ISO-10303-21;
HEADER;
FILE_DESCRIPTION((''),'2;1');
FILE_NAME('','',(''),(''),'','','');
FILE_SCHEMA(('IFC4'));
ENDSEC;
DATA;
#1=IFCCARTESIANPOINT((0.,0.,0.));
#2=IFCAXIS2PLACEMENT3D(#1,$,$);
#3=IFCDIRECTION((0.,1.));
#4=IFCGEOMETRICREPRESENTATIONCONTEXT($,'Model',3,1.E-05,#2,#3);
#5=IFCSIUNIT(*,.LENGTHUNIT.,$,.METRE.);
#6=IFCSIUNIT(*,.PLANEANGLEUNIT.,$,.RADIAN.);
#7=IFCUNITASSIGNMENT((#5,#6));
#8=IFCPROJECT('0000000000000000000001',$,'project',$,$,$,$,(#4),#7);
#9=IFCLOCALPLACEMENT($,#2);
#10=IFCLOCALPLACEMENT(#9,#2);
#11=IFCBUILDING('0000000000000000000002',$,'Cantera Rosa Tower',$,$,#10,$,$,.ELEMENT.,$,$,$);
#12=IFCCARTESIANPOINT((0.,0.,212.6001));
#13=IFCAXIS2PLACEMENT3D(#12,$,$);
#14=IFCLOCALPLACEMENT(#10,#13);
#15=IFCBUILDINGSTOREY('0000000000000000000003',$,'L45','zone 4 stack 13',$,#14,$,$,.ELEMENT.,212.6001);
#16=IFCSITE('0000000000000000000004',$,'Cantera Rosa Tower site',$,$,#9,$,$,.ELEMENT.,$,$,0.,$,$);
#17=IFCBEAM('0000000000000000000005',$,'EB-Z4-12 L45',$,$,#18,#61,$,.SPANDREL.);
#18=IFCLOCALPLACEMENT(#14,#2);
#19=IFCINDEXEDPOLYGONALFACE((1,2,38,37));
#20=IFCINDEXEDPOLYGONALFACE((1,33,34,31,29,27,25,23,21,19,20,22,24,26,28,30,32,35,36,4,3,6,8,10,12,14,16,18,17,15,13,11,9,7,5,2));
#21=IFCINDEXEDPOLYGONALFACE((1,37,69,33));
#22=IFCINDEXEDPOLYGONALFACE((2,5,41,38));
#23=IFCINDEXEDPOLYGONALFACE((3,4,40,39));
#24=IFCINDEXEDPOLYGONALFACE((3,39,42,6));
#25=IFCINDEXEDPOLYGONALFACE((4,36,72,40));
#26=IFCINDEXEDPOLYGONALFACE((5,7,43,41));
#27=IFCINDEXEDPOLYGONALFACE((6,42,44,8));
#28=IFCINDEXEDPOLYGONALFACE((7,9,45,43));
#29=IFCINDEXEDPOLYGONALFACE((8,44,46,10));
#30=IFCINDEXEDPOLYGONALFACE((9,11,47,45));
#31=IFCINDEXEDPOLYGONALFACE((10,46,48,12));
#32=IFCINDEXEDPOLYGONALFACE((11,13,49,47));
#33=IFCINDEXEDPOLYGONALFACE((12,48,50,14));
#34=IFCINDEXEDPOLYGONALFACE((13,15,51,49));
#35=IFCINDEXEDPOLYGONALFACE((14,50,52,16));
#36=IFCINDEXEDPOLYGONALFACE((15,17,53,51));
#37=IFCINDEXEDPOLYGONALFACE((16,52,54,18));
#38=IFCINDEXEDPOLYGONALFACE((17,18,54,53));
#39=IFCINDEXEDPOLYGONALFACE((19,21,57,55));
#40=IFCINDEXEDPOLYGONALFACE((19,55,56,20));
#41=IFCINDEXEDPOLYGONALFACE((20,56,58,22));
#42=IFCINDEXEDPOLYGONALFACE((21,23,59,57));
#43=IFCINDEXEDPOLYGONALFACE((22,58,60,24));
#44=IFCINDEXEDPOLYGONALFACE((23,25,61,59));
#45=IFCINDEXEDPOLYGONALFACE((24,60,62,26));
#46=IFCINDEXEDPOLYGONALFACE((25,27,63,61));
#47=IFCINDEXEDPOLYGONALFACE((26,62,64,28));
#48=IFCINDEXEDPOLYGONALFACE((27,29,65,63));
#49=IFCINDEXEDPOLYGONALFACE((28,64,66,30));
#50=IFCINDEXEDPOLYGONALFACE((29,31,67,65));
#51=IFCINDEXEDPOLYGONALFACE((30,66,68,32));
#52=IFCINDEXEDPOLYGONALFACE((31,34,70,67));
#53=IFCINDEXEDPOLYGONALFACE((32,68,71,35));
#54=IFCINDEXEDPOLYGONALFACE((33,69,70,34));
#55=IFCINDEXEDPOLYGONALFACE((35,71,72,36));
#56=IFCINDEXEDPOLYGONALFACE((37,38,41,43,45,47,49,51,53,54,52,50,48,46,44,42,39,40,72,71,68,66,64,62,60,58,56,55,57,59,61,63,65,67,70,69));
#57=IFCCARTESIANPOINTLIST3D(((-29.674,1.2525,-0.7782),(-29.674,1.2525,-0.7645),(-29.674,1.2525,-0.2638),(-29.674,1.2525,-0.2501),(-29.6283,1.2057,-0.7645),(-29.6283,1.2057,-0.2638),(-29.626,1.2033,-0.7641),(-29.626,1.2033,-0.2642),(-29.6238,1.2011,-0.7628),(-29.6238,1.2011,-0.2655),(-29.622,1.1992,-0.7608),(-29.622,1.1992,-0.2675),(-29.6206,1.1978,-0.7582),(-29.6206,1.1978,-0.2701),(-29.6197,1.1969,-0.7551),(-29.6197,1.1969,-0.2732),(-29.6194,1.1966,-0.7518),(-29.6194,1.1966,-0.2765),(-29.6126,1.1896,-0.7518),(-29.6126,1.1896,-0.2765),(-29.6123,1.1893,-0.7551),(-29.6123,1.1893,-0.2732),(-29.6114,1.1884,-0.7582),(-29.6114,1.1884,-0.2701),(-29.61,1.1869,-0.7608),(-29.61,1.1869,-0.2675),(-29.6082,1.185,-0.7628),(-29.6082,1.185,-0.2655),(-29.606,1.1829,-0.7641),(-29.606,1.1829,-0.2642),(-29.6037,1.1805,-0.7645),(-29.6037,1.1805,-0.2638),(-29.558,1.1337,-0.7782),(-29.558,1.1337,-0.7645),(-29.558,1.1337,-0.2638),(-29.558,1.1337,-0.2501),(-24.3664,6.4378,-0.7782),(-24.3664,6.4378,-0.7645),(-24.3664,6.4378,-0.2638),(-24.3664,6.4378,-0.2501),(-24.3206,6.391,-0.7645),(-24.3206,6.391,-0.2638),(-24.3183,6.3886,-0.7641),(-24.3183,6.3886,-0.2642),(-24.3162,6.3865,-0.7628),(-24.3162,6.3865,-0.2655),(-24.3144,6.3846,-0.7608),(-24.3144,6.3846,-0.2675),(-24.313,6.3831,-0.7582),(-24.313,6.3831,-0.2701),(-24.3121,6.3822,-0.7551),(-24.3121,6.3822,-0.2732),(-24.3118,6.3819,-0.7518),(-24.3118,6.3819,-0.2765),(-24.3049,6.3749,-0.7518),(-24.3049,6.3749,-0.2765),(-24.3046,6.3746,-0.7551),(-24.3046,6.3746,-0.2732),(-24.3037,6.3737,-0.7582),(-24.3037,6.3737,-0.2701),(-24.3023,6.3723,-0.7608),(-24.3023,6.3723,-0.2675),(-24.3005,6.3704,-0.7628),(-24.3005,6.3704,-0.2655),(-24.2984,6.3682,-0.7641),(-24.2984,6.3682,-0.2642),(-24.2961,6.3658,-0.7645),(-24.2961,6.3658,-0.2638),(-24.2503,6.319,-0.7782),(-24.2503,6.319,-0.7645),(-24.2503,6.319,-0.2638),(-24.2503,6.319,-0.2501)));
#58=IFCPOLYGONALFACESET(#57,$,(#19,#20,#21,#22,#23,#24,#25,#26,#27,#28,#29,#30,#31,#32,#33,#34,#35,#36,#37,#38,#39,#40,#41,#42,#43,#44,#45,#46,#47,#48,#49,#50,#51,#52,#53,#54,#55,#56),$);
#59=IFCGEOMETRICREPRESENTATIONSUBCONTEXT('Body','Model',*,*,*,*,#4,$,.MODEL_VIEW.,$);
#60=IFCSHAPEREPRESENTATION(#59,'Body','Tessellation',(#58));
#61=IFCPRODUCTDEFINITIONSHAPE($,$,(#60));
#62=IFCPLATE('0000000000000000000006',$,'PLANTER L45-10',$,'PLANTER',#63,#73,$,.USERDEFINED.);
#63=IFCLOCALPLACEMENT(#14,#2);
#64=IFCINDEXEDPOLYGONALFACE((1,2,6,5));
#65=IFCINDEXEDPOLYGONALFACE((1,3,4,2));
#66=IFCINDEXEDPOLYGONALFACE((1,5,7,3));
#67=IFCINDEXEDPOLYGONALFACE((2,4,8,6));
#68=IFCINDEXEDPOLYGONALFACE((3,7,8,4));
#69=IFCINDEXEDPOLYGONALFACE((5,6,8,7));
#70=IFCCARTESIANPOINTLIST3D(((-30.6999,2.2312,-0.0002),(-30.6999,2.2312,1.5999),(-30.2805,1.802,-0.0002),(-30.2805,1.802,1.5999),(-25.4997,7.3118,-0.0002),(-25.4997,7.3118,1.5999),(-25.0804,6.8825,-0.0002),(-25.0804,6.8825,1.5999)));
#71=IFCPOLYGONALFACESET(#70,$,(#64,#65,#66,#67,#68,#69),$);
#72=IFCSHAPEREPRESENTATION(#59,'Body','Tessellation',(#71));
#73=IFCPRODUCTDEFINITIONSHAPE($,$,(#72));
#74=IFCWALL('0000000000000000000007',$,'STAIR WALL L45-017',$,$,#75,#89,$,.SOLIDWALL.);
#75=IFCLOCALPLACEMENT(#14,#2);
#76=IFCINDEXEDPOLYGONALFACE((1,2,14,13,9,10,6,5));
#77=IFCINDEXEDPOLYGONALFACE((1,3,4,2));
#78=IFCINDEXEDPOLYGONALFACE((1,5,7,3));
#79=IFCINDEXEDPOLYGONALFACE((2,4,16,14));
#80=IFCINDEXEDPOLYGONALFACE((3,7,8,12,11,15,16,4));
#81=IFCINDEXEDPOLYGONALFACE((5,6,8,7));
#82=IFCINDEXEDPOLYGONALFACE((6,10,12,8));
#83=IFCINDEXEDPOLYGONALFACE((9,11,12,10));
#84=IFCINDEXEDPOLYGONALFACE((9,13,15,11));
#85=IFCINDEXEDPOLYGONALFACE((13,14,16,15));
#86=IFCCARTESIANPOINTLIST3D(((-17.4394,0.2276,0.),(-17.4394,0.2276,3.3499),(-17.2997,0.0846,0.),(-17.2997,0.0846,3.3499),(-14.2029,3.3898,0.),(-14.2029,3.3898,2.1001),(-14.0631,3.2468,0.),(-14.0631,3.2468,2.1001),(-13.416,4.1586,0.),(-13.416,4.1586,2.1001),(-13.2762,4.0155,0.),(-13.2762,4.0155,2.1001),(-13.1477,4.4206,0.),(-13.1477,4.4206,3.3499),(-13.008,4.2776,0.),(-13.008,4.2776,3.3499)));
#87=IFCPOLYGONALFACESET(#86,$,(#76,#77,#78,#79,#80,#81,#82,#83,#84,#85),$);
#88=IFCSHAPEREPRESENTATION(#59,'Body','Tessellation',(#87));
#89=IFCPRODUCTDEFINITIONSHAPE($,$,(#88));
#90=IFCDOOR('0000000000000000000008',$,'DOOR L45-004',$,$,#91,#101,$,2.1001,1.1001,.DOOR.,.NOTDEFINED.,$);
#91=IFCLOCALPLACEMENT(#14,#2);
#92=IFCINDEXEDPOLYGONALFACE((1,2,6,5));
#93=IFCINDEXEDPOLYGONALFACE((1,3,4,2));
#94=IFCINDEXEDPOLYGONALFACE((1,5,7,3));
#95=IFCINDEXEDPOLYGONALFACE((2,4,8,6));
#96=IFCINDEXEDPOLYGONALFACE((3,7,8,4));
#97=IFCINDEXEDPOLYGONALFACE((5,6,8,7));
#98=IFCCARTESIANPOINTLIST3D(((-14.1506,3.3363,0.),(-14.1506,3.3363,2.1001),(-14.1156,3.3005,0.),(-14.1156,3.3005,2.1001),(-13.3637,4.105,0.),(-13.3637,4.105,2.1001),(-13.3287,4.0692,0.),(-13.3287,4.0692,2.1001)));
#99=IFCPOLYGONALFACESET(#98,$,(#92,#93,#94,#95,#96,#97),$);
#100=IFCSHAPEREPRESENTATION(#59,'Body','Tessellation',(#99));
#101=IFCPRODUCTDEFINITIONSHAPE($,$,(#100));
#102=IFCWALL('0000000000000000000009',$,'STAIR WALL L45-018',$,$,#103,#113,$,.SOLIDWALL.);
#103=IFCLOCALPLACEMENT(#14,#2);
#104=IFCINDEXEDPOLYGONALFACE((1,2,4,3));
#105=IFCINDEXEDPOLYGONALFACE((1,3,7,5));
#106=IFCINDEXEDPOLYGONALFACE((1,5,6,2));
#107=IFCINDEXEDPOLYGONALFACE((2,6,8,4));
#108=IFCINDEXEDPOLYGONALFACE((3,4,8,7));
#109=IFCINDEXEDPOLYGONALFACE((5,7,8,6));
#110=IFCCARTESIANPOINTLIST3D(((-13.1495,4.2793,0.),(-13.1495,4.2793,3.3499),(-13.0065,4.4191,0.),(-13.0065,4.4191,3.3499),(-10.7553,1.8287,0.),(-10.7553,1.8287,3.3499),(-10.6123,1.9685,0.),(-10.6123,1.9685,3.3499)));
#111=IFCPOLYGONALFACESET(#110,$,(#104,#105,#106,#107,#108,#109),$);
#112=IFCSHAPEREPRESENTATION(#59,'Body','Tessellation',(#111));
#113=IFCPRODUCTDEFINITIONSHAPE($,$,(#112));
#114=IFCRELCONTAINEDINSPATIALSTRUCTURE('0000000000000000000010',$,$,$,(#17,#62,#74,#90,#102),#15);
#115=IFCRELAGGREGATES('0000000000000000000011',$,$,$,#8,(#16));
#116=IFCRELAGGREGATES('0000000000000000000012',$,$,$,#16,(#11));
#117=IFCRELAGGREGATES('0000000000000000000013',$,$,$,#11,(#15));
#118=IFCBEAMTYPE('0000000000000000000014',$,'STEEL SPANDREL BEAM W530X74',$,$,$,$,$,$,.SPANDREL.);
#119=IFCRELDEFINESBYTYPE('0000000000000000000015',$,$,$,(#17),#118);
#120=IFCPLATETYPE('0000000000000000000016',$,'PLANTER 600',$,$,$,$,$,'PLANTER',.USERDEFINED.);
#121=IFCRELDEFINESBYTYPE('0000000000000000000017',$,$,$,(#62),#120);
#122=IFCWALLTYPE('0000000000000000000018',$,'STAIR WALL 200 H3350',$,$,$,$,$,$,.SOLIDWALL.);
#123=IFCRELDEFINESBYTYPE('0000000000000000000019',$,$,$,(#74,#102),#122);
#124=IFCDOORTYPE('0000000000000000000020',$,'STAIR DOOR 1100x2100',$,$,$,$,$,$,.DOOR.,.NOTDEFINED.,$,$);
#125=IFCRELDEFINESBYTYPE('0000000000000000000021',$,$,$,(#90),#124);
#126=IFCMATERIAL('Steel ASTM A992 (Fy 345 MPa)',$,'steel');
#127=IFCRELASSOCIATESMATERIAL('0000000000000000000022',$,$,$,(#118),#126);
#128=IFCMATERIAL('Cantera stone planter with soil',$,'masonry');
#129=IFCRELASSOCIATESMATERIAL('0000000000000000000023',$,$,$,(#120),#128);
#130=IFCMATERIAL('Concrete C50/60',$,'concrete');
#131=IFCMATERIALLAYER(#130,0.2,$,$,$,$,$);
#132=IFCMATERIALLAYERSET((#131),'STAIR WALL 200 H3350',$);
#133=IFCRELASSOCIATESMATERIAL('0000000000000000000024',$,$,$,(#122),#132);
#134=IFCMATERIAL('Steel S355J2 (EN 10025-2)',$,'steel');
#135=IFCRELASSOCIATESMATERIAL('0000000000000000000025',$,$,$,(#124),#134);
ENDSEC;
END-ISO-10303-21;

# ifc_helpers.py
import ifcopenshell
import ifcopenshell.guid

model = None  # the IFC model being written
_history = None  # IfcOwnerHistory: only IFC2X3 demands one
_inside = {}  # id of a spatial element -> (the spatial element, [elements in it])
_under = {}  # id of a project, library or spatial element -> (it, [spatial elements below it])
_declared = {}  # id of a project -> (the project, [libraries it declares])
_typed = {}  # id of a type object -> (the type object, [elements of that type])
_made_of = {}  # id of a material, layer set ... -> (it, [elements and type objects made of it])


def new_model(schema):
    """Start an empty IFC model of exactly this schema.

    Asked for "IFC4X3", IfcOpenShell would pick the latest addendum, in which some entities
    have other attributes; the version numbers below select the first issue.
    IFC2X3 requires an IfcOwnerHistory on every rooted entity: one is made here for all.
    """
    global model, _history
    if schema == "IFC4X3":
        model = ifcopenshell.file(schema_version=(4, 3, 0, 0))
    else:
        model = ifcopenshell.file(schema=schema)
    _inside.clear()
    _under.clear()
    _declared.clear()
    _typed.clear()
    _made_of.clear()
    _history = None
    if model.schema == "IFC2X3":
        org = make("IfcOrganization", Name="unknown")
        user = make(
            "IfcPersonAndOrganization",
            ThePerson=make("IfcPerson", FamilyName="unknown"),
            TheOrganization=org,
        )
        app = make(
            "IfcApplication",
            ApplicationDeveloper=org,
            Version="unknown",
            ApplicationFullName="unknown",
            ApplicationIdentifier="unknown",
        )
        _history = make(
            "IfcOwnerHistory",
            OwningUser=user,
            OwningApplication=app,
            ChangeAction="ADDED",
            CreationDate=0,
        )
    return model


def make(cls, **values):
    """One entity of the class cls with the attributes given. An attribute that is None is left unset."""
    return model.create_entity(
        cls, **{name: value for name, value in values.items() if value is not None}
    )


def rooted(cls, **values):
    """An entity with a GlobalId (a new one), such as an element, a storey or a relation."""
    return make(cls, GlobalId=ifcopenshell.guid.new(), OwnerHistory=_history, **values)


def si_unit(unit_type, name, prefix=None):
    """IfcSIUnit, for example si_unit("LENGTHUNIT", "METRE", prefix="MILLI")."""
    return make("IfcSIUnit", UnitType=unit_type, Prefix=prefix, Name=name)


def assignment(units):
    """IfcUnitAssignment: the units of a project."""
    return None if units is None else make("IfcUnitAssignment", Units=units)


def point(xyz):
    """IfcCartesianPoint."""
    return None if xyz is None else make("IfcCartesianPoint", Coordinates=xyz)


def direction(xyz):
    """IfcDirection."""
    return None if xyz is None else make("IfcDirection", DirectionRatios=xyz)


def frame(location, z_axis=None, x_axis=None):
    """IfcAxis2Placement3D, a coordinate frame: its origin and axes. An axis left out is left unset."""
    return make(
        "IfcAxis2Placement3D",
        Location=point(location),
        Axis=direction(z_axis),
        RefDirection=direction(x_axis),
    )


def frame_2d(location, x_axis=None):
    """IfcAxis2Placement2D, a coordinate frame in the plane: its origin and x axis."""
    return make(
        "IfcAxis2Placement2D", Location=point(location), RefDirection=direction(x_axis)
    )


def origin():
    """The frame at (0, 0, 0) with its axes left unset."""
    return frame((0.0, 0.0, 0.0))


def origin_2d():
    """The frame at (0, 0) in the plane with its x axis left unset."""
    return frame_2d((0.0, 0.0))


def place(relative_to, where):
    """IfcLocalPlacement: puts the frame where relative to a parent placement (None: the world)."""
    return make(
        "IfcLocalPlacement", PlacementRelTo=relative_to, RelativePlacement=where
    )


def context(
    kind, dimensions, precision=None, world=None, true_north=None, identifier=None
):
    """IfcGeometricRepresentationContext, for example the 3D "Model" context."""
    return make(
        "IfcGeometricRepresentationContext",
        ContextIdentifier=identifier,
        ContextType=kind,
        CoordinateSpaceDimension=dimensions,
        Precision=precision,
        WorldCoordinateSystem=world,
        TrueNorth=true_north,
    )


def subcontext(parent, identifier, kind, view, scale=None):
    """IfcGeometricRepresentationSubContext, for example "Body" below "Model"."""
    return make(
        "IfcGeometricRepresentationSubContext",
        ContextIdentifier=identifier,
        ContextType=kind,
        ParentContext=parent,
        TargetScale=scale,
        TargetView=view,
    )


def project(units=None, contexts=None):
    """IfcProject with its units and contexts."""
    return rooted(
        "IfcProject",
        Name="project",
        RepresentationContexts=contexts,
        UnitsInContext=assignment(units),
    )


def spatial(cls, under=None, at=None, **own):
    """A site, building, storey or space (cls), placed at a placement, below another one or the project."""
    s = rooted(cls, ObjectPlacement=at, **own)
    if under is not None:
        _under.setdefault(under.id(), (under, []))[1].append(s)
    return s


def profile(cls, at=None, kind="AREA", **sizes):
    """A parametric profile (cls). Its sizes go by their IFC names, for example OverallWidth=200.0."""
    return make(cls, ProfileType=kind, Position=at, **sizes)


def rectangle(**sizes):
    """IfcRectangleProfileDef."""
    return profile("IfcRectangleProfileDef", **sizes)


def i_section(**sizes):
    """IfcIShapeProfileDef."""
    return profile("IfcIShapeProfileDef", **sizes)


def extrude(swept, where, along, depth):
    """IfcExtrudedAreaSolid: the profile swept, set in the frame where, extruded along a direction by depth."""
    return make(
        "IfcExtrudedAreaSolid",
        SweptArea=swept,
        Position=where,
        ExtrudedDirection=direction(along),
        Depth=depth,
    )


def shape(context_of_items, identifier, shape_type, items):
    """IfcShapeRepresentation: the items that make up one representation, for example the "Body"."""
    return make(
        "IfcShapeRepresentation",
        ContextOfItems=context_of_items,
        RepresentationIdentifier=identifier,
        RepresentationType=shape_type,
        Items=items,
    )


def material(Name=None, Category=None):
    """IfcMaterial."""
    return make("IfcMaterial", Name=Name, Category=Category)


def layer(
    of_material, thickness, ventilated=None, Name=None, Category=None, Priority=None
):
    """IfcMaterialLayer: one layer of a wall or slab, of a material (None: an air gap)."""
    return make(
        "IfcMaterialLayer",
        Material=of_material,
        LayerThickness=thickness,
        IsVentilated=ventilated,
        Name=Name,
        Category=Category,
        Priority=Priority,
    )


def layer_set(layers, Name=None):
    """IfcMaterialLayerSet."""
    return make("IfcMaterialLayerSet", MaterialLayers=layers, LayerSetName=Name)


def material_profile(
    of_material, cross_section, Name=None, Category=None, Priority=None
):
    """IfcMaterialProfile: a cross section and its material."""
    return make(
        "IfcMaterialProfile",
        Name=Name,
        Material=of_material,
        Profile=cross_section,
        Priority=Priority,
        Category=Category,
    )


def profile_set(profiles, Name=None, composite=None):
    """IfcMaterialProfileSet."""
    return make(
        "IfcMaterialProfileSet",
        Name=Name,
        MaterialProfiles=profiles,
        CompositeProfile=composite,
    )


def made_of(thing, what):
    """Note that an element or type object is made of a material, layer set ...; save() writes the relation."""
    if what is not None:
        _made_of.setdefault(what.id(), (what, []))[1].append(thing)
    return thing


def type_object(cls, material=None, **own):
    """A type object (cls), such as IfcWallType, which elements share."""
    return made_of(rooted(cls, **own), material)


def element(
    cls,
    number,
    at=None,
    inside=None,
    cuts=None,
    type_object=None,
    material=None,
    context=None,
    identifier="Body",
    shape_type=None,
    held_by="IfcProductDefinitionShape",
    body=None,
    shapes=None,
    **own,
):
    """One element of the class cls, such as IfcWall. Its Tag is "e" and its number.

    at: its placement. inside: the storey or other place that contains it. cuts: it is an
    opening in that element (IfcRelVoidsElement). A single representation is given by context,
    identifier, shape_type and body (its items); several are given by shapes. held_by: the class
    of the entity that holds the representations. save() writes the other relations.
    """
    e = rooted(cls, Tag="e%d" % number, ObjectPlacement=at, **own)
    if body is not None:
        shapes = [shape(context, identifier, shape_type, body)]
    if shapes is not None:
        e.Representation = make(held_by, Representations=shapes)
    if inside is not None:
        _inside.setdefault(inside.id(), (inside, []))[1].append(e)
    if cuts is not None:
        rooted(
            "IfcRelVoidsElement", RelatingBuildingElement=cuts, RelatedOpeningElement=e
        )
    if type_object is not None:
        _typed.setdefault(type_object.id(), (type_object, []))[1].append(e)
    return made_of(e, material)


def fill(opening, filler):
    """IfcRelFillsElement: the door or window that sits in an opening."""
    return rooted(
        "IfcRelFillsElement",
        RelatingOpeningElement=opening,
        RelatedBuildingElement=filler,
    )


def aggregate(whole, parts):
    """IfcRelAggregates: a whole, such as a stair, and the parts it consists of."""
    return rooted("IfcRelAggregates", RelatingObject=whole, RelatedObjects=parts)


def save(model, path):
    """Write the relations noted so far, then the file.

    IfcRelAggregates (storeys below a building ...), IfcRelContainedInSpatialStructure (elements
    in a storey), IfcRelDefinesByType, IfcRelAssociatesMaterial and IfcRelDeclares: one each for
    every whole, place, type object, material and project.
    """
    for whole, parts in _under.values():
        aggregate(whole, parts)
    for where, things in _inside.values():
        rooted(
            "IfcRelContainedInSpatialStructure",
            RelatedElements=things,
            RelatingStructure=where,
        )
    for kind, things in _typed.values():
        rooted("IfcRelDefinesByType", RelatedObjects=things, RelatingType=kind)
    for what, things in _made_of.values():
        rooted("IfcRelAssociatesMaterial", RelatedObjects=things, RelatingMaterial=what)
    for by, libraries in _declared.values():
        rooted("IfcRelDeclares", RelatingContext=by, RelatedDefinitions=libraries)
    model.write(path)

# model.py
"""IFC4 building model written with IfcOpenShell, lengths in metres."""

from ifc_helpers import new_model, si_unit, direction, frame, frame_2d, origin, origin_2d, place, context, subcontext, project, spatial, rectangle, i_section, extrude, material, layer, layer_set, material_profile, profile_set, type_object, element, fill, save


model = new_model("IFC4")

# Units and contexts
model_context = context("Model", 3, precision=1e-05, world=origin(), true_north=direction((0.0, 1.0)))
body_context = subcontext(model_context, "Body", "Model", "MODEL_VIEW")
ifc_project = project(units=[si_unit("LENGTHUNIT", "METRE"), si_unit("PLANEANGLEUNIT", "RADIAN")], contexts=[model_context])

# Site, building, storey
site_placement = place(None, origin())
site = spatial("IfcSite", under=ifc_project, at=site_placement, Name="Cantera Rosa Tower site", CompositionType="ELEMENT", RefElevation=0.0)
building_placement = place(site_placement, origin())
building = spatial("IfcBuilding", under=site, at=building_placement, Name="Cantera Rosa Tower", CompositionType="ELEMENT")
storey_placement = place(building_placement, frame((0.0, 0.0, 212.6001)))
storey = spatial("IfcBuildingStorey", under=building, at=storey_placement, Name="L45", Description="zone 4 stack 13", CompositionType="ELEMENT", Elevation=212.6001)

# Beam
ifc_material_1 = material(Name="Steel ASTM A992 (Fy 345 MPa)", Category="steel")
ifc_material_profile_1 = material_profile(ifc_material_1, i_section(OverallWidth=0.166, OverallDepth=0.5281, WebThickness=0.0098, FlangeThickness=0.0137, FilletRadius=0.0127, at=origin_2d()), Name="W530X74")
ifc_profile_set_1 = profile_set([ifc_material_profile_1], Name="Steel ASTM A992 (Fy 345 MPa)")
beam_type_1 = type_object("IfcBeamType", Name="STEEL SPANDREL BEAM W530X74", PredefinedType="SPANDREL", material=ifc_profile_set_1)
beam_1_placement = place(storey_placement, frame((-24.3083, 6.3784, -0.5142), z_axis=(-0.715301, -0.698817, 0.0), x_axis=(0.698817, -0.715301, 0.0)))
element("IfcBeam", 1, at=beam_1_placement, inside=storey, type_object=beam_type_1, Name="EB-Z4-12 L45", PredefinedType="SPANDREL", context=body_context, shape_type="SweptSolid", body=[
    extrude(i_section(OverallWidth=0.166, OverallDepth=0.5281, WebThickness=0.0098, FlangeThickness=0.0137, FilletRadius=0.0127, at=origin_2d()), origin(), (0.0, 0.0, 1.0), 7.4202),
])

# Plate
ifc_material_2 = material(Name="Cantera stone planter with soil", Category="masonry")
plate_type = type_object("IfcPlateType", Name="PLANTER 600", ElementType="PLANTER", PredefinedType="USERDEFINED", material=ifc_material_2)
plate_placement = place(storey_placement, frame((-27.8901, 4.5569, -0.0002), z_axis=(0.0, 0.0, 1.0), x_axis=(-0.715286, -0.698832, 0.0)))
element("IfcPlate", 2, at=plate_placement, inside=storey, type_object=plate_type, Name="PLANTER L45-10", ObjectType="PLANTER", PredefinedType="USERDEFINED", context=body_context, shape_type="SweptSolid", body=[
    extrude(rectangle(XDim=7.27, YDim=0.6001, at=origin_2d()), origin(), (0.0, 0.0, 1.0), 1.6001),
])

# Wall, opening, door
ifc_material_3 = material(Name="Concrete C50/60", Category="concrete")
ifc_layer_1 = layer(ifc_material_3, 0.2)
ifc_layer_set_1 = layer_set([ifc_layer_1], Name="STAIR WALL 200 H3350")
wall_type_1 = type_object("IfcWallType", Name="STAIR WALL 200 H3350", PredefinedType="SOLIDWALL", material=ifc_layer_set_1)
wall_1_placement = place(storey_placement, frame((-13.0779, 4.3491, 0.0), z_axis=(0.0, 0.0, 1.0), x_axis=(-0.715278, -0.69884, 0.0)))
wall_1 = element("IfcWall", 3, at=wall_1_placement, inside=storey, type_object=wall_type_1, Name="STAIR WALL L45-017", PredefinedType="SOLIDWALL", context=body_context, shape_type="SweptSolid", body=[
    extrude(rectangle(XDim=6.0, YDim=0.2, at=frame_2d((3.0, 0.0))), origin(), (0.0, 0.0, 1.0), 3.3499),
])
opening_1_placement = place(wall_1_placement, frame((0.375, 0.0, 0.0)))
opening_1 = element("IfcOpeningElement", 4, at=opening_1_placement, cuts=wall_1, PredefinedType="OPENING", context=body_context, shape_type="SweptSolid", body=[
    extrude(rectangle(XDim=1.1001, YDim=2.1001, at=frame_2d((0.55, 1.05))), frame((0.0, 0.1099, 0.0), z_axis=(0.0, -1.0, 0.0), x_axis=(1.0, 0.0, 0.0)), (0.0, 0.0, 1.0), 0.22),
])
ifc_material_4 = material(Name="Steel S355J2 (EN 10025-2)", Category="steel")
door_type_1 = type_object("IfcDoorType", Name="STAIR DOOR 1100x2100", OperationType="NOTDEFINED", PredefinedType="DOOR", material=ifc_material_4)
door_1_placement = place(opening_1_placement, origin())
door_1 = element("IfcDoor", 5, at=door_1_placement, inside=storey, type_object=door_type_1, Name="DOOR L45-004", OperationType="NOTDEFINED", OverallHeight=2.1001, OverallWidth=1.1001, PredefinedType="DOOR", context=body_context, shape_type="SweptSolid", body=[
    extrude(rectangle(XDim=1.1001, YDim=2.1001, at=frame_2d((0.55, 1.05))), frame((0.0, 0.0249, 0.0), z_axis=(0.0, -1.0, 0.0), x_axis=(1.0, 0.0, 0.0)), (0.0, 0.0, 1.0), 0.05),
])
fill(opening_1, door_1)

# Wall
wall_2_placement = place(storey_placement, frame((-13.0779, 4.3491, 0.0), z_axis=(0.0, 0.0, 1.0), x_axis=(0.698829, -0.715289, 0.0)))
element("IfcWall", 6, at=wall_2_placement, inside=storey, type_object=wall_type_1, Name="STAIR WALL L45-018", PredefinedType="SOLIDWALL", context=body_context, shape_type="SweptSolid", body=[
    extrude(rectangle(XDim=3.426, YDim=0.2, at=frame_2d((1.7129, 0.0))), origin(), (0.0, 0.0, 1.0), 3.3499),
])

save(model, "model.ifc")
